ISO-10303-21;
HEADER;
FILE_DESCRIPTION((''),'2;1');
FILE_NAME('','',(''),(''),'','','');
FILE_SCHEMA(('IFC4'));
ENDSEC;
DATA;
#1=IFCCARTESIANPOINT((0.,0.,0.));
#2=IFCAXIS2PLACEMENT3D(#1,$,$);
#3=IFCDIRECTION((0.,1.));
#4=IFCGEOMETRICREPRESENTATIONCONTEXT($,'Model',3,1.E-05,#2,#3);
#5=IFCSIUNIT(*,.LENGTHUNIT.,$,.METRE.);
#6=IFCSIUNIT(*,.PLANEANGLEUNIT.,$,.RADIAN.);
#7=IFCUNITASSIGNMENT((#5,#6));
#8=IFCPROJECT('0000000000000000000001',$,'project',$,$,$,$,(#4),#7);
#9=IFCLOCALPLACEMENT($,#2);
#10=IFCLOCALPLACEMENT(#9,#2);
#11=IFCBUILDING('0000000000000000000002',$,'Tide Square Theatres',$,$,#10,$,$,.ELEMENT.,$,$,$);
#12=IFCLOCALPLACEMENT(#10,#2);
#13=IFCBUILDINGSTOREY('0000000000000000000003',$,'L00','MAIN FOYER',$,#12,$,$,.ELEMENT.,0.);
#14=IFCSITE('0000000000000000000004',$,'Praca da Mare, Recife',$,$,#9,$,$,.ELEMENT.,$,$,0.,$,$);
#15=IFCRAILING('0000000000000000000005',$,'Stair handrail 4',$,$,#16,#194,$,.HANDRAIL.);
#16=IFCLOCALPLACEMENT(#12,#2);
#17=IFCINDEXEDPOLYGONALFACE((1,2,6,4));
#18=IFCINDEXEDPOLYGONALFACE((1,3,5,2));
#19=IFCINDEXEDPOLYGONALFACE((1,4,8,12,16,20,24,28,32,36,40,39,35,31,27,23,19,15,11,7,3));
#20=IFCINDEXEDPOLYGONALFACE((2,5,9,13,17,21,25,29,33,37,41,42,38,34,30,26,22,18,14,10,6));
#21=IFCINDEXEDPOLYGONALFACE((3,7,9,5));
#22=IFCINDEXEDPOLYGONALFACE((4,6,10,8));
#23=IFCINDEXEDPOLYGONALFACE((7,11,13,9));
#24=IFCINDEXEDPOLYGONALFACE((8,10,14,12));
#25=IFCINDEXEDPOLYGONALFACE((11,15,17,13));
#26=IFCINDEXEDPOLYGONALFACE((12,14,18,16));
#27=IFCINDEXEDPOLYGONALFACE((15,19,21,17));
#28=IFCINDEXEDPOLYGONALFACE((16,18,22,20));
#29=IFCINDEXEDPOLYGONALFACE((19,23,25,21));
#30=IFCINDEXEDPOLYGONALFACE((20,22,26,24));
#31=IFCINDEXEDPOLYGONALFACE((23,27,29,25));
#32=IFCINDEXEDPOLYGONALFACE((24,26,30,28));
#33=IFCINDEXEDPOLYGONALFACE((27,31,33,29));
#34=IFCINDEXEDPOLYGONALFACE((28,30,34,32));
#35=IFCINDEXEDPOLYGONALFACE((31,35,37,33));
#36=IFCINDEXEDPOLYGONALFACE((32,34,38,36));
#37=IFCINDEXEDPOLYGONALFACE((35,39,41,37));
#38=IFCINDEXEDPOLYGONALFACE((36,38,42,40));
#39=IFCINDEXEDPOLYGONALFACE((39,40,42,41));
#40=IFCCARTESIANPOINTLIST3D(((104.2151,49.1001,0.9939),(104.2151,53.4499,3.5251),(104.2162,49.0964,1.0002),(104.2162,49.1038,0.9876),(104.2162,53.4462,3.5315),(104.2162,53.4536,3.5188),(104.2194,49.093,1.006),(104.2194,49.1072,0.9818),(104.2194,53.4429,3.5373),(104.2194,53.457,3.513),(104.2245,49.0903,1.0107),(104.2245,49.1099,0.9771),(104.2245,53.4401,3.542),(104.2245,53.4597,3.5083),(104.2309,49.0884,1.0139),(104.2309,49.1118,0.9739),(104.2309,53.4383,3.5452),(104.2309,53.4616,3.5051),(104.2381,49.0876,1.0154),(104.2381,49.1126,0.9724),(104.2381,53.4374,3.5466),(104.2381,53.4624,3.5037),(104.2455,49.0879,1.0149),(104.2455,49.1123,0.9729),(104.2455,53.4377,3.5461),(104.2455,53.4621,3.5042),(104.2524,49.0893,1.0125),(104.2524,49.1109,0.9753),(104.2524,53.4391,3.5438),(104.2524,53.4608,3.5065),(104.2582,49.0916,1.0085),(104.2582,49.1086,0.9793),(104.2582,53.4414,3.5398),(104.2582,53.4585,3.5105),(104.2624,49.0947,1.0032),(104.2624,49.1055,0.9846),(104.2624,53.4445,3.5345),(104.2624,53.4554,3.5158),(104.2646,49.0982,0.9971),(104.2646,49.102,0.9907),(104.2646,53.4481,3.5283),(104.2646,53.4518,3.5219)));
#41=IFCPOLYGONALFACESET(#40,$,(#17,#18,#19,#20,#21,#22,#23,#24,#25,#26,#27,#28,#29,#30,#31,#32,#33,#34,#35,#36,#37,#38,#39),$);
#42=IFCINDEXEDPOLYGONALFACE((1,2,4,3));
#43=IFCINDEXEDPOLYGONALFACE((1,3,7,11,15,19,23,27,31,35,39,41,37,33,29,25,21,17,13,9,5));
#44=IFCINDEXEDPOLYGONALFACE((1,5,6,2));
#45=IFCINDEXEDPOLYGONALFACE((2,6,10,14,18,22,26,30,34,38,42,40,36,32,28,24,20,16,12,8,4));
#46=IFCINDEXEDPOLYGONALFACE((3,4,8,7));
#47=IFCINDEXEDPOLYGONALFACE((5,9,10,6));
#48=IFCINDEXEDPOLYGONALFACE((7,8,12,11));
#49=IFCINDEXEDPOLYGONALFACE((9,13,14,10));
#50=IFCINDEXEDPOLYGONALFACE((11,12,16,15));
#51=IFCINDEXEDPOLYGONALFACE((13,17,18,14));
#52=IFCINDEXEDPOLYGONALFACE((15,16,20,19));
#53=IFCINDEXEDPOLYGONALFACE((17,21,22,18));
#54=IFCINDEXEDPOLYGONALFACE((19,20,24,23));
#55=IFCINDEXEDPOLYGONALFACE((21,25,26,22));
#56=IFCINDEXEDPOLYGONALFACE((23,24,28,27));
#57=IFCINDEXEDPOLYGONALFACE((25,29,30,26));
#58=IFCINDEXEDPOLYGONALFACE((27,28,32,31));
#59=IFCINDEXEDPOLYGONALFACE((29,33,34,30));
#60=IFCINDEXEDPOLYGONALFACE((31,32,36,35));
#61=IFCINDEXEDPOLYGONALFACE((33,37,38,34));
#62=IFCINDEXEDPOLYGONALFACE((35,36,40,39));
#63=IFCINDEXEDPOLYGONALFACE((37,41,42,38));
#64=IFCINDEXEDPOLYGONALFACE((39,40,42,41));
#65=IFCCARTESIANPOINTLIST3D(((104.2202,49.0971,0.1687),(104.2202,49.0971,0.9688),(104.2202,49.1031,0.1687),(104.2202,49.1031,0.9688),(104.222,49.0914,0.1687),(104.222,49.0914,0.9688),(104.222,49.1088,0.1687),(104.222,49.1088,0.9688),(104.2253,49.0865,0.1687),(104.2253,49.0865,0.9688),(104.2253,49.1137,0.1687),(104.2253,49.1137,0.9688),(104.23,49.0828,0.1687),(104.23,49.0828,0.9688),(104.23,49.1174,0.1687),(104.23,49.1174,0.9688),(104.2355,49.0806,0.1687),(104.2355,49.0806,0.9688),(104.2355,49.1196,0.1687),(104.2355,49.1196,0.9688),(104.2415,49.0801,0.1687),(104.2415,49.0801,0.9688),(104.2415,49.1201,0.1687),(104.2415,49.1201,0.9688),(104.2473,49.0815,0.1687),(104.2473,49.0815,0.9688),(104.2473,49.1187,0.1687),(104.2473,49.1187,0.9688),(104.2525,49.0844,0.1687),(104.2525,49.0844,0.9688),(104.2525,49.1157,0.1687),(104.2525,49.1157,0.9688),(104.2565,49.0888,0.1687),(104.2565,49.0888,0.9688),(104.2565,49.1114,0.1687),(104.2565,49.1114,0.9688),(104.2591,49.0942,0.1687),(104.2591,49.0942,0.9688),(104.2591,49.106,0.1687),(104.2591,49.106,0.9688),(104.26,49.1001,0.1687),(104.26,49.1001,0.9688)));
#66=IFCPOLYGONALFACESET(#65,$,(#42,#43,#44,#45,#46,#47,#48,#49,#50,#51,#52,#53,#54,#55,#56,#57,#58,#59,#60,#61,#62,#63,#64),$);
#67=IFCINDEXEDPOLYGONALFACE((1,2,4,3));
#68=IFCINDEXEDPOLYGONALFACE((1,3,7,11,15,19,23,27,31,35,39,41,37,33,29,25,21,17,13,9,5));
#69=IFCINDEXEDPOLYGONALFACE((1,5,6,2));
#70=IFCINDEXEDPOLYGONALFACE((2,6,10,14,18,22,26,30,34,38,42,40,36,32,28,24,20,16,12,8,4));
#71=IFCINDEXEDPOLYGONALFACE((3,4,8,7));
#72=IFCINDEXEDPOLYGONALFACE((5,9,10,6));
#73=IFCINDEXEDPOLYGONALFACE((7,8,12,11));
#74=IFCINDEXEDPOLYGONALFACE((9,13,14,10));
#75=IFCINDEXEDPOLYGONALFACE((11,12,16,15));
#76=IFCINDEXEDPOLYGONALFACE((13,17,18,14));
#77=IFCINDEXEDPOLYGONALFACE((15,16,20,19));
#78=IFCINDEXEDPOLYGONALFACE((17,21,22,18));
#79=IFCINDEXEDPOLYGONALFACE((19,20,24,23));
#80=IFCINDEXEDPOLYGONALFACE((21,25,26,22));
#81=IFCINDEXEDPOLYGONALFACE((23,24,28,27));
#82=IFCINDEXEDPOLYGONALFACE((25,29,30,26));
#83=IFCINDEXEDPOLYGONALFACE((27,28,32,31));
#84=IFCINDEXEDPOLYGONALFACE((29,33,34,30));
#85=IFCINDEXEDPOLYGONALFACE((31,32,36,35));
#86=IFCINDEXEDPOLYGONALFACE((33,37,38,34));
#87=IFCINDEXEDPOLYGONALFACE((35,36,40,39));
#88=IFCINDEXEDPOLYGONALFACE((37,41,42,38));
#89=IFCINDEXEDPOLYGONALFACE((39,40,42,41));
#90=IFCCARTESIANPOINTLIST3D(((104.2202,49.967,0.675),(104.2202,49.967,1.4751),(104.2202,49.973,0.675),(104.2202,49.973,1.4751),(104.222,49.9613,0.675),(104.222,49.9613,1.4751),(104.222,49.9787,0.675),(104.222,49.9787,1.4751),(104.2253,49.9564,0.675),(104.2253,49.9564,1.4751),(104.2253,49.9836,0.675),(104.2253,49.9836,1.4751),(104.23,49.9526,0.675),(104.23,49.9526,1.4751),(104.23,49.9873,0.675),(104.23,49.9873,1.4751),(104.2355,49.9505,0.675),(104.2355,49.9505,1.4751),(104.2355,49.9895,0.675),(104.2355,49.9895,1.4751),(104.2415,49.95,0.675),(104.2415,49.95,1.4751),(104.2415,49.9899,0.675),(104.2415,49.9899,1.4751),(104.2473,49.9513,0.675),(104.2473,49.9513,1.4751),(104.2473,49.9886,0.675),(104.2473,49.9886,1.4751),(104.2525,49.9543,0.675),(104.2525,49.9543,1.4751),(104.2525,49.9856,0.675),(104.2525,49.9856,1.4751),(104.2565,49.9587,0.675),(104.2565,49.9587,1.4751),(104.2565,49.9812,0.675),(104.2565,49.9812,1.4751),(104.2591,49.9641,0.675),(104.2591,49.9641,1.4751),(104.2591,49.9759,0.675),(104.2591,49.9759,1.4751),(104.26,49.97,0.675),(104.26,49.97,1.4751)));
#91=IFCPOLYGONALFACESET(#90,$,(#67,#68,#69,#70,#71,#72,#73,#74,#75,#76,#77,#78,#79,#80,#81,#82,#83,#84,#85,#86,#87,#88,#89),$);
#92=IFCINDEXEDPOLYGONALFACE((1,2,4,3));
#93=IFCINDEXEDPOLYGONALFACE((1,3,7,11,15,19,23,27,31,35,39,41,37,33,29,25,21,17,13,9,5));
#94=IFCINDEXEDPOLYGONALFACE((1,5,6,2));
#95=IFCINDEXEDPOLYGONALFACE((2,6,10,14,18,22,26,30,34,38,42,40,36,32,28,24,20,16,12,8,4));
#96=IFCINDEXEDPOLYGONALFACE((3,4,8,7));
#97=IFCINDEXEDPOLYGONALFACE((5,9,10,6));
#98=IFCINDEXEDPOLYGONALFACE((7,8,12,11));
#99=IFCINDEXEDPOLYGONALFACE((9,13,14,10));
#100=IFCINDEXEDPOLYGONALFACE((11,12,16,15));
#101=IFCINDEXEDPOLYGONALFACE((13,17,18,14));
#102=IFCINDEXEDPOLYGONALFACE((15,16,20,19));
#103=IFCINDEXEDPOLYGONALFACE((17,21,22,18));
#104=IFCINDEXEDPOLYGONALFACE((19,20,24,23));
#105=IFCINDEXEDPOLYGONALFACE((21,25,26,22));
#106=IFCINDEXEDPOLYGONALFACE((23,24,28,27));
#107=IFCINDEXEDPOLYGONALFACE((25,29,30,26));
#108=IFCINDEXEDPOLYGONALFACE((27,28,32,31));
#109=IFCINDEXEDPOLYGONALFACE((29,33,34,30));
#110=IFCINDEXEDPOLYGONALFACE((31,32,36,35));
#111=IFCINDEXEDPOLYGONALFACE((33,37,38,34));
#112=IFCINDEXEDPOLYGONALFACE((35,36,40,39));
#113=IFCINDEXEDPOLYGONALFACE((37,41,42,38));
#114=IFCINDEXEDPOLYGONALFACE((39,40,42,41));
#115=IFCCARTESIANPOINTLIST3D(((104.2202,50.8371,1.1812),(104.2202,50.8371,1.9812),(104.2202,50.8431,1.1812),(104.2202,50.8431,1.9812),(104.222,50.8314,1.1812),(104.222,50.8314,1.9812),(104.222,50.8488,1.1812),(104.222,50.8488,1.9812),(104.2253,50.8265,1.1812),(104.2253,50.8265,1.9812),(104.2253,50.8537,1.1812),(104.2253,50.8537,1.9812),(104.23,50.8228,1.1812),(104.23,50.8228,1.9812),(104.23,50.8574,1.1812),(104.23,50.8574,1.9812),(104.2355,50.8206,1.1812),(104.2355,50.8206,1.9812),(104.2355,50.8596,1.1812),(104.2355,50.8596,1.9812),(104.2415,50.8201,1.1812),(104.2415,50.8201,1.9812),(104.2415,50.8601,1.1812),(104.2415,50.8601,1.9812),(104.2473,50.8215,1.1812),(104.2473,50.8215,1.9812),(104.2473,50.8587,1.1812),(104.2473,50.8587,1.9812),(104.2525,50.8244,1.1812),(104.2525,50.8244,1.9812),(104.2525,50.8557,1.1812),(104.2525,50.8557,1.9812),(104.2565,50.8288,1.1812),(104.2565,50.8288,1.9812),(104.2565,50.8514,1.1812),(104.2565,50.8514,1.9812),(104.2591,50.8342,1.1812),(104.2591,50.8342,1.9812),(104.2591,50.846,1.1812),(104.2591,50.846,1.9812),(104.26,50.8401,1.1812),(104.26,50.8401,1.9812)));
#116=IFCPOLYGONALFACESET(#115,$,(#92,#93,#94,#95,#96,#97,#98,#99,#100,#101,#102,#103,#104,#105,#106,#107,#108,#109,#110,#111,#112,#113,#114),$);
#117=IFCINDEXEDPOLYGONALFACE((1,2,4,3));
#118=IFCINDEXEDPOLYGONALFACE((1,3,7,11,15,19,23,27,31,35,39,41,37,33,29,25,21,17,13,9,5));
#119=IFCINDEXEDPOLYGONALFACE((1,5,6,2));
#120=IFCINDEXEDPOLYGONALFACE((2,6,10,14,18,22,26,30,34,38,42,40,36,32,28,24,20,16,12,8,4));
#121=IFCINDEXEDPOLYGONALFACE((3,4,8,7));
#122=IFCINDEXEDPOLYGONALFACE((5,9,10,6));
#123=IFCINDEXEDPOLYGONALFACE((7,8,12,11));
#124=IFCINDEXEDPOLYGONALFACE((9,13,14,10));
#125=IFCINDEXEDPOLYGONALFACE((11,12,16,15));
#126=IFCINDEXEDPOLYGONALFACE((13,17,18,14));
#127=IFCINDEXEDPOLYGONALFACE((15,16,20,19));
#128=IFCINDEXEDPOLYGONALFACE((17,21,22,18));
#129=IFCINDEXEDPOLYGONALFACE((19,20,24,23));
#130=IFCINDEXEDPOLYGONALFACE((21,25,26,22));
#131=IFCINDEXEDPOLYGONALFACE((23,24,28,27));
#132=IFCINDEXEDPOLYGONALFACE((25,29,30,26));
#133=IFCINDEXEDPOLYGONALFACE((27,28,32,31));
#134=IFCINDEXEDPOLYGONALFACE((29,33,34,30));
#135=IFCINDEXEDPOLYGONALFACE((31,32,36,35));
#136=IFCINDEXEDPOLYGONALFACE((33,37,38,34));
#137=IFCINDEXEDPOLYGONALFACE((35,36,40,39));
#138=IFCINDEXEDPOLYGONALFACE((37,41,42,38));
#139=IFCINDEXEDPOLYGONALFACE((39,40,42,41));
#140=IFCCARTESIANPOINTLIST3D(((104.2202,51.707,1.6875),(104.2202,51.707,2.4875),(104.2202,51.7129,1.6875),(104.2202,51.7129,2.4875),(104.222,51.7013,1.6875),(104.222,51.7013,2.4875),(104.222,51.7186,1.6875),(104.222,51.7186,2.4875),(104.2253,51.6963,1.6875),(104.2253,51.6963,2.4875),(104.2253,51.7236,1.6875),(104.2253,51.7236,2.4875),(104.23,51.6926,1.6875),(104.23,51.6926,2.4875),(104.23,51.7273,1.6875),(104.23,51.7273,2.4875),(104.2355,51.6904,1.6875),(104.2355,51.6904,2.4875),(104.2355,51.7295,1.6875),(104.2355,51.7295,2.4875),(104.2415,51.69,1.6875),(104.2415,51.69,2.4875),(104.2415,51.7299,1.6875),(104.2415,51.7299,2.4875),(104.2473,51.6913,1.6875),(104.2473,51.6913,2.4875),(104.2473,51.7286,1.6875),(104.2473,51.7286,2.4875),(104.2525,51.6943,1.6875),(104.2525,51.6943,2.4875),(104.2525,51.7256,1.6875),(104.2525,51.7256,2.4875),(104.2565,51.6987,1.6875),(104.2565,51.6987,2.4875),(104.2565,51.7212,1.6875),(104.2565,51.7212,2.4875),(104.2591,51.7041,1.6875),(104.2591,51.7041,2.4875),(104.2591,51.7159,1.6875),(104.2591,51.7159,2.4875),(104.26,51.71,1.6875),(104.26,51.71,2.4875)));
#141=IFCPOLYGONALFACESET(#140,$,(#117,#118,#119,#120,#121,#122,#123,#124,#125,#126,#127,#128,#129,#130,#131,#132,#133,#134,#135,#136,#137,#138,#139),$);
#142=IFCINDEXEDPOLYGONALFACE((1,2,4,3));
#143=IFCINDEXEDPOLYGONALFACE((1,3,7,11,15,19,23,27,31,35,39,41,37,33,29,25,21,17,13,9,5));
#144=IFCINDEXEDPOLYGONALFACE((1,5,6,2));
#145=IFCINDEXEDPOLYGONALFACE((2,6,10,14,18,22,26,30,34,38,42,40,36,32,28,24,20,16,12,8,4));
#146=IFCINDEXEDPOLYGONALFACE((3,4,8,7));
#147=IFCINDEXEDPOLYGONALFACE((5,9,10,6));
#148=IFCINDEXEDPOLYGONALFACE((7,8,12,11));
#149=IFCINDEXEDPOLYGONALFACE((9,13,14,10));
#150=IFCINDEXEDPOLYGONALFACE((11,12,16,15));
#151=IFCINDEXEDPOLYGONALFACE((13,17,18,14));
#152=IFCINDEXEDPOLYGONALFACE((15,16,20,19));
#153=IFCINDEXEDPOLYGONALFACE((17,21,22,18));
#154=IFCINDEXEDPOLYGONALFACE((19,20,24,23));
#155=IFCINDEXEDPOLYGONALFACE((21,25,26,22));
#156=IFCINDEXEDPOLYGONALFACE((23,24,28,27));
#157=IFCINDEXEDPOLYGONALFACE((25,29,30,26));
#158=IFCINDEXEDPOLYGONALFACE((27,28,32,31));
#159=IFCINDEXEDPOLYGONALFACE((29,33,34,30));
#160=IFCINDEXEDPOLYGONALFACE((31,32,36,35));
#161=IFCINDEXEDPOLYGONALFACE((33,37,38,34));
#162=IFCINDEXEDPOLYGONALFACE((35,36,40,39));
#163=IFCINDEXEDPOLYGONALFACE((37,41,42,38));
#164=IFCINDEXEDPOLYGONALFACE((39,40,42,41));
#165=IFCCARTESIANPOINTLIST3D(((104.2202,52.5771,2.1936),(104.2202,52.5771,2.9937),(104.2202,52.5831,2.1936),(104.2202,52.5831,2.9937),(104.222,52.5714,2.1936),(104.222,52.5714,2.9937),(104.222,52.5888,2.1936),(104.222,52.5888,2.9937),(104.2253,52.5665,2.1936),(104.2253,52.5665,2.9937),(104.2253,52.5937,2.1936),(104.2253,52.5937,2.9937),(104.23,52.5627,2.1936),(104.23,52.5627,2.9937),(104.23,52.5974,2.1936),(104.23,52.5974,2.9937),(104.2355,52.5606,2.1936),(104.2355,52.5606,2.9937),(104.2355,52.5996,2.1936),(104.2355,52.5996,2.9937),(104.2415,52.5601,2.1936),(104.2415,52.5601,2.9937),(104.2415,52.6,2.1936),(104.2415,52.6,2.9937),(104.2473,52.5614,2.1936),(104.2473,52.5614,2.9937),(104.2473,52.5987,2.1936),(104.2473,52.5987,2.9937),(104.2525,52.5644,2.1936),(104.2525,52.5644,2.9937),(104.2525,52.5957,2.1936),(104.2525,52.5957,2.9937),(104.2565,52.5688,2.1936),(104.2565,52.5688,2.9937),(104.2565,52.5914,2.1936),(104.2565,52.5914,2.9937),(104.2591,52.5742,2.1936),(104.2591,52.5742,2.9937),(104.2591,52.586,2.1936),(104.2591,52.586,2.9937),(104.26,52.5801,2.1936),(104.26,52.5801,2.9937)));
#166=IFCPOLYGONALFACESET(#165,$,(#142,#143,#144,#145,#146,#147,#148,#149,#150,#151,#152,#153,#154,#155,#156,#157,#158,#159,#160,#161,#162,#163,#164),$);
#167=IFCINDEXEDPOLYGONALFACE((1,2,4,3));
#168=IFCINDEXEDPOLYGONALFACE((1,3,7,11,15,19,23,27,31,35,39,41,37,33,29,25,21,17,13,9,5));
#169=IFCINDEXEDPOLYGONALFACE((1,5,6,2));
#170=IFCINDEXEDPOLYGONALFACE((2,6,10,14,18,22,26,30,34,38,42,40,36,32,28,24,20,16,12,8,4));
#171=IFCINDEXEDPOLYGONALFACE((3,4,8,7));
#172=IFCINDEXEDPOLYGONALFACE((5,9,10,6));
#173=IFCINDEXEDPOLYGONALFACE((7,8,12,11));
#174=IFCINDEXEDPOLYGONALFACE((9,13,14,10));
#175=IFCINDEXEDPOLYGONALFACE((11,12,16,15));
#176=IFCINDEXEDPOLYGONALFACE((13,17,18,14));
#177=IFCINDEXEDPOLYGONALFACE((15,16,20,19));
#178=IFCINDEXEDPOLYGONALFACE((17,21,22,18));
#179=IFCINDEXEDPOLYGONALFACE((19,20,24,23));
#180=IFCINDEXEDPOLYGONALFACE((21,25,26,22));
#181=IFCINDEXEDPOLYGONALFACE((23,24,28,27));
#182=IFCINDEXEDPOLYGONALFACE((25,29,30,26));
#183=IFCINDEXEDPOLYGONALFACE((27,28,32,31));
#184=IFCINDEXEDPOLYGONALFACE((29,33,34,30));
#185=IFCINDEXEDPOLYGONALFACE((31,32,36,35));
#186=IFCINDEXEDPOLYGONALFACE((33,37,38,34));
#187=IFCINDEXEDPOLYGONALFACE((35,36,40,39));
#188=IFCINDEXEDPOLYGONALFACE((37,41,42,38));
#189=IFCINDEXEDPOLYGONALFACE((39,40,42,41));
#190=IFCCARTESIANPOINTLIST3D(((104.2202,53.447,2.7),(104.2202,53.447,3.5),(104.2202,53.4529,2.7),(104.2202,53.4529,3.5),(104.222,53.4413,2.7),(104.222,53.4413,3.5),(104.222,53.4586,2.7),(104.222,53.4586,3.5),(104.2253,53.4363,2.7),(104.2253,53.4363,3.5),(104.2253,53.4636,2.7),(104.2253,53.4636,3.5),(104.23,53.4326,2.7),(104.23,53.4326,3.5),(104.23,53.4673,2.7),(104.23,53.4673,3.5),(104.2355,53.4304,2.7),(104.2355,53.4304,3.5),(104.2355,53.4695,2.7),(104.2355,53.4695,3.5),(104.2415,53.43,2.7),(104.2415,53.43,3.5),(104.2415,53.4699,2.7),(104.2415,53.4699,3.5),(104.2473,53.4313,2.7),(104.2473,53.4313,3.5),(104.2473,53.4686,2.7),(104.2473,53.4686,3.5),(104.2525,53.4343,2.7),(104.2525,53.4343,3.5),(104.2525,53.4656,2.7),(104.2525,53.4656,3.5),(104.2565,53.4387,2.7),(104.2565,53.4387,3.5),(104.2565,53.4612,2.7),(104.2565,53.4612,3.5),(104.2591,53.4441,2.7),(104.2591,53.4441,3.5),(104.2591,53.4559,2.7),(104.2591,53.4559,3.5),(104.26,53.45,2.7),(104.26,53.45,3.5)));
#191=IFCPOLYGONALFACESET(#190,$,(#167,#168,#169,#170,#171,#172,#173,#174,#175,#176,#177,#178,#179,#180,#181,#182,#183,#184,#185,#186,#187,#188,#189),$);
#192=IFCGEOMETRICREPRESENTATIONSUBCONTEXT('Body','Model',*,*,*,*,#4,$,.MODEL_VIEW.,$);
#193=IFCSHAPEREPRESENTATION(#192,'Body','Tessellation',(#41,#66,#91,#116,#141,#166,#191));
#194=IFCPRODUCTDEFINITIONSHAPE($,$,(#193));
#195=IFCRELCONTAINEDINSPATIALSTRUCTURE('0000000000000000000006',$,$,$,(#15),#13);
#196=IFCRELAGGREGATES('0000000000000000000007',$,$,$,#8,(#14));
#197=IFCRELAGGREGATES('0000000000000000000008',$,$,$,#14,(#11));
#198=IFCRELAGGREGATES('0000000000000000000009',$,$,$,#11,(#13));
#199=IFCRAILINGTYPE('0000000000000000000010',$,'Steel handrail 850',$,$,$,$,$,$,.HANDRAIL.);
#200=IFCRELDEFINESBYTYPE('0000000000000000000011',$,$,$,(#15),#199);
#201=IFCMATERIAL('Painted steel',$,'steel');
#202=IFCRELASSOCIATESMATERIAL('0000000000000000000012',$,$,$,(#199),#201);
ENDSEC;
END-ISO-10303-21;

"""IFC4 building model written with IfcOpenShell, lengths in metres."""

from ifc_helpers import new_model, si_unit, direction, frame, origin, origin_2d, place, context, subcontext, project, spatial, circle, extrude, material, type_object, element, save


model = new_model("IFC4")

# Units and contexts
model_context = context("Model", 3, precision=1e-05, world=origin(), true_north=direction((0.0, 1.0)))
body_context = subcontext(model_context, "Body", "Model", "MODEL_VIEW")
ifc_project = project(units=[si_unit("LENGTHUNIT", "METRE"), si_unit("PLANEANGLEUNIT", "RADIAN")], contexts=[model_context])

# Site, building, storey
site_placement = place(None, origin())
site = spatial("IfcSite", under=ifc_project, at=site_placement, Name="Praca da Mare, Recife", CompositionType="ELEMENT", RefElevation=0.0)
building_placement = place(site_placement, origin())
building = spatial("IfcBuilding", under=site, at=building_placement, Name="Tide Square Theatres", CompositionType="ELEMENT")
storey_placement = place(building_placement, origin())
storey = spatial("IfcBuildingStorey", under=building, at=storey_placement, Name="L00", Description="MAIN FOYER", CompositionType="ELEMENT", Elevation=0.0)

# Railing
ifc_material_1 = material(Name="Painted steel", Category="steel")
railing_type = type_object("IfcRailingType", Name="Steel handrail 850", PredefinedType="HANDRAIL", material=ifc_material_1)
for number, where, name in (
    (1, (104.24, 49.1001, 0.1687), "Stair handrail 4"),
):
    element("IfcRailing", number, at=place(storey_placement, frame(where)), inside=storey, type_object=railing_type, Name=name, PredefinedType="HANDRAIL", context=body_context, shape_type="SweptSolid", body=[
        extrude(circle(Radius=0.0249, at=origin_2d()), frame((0.0, 0.0, 0.8252), z_axis=(0.0, 0.864312, 0.502957), x_axis=(-1.0, 0.0, 0.0)), (0.0, 0.0, 1.0), 5.0327),
        extrude(circle(Radius=0.02, at=origin_2d()), origin(), (0.0, 0.0, 1.0), 0.8),
        extrude(circle(Radius=0.02, at=origin_2d()), frame((0.0, 0.8699, 0.5063)), (0.0, 0.0, 1.0), 0.8),
        extrude(circle(Radius=0.02, at=origin_2d()), frame((0.0, 1.74, 1.0125)), (0.0, 0.0, 1.0), 0.8),
        extrude(circle(Radius=0.02, at=origin_2d()), frame((0.0, 2.6099, 1.5188)), (0.0, 0.0, 1.0), 0.8),
        extrude(circle(Radius=0.02, at=origin_2d()), frame((0.0, 3.48, 2.0249)), (0.0, 0.0, 1.0), 0.8),
        extrude(circle(Radius=0.02, at=origin_2d()), frame((0.0, 4.3499, 2.5312)), (0.0, 0.0, 1.0), 0.8),
    ])

save(model, "model.ifc")
